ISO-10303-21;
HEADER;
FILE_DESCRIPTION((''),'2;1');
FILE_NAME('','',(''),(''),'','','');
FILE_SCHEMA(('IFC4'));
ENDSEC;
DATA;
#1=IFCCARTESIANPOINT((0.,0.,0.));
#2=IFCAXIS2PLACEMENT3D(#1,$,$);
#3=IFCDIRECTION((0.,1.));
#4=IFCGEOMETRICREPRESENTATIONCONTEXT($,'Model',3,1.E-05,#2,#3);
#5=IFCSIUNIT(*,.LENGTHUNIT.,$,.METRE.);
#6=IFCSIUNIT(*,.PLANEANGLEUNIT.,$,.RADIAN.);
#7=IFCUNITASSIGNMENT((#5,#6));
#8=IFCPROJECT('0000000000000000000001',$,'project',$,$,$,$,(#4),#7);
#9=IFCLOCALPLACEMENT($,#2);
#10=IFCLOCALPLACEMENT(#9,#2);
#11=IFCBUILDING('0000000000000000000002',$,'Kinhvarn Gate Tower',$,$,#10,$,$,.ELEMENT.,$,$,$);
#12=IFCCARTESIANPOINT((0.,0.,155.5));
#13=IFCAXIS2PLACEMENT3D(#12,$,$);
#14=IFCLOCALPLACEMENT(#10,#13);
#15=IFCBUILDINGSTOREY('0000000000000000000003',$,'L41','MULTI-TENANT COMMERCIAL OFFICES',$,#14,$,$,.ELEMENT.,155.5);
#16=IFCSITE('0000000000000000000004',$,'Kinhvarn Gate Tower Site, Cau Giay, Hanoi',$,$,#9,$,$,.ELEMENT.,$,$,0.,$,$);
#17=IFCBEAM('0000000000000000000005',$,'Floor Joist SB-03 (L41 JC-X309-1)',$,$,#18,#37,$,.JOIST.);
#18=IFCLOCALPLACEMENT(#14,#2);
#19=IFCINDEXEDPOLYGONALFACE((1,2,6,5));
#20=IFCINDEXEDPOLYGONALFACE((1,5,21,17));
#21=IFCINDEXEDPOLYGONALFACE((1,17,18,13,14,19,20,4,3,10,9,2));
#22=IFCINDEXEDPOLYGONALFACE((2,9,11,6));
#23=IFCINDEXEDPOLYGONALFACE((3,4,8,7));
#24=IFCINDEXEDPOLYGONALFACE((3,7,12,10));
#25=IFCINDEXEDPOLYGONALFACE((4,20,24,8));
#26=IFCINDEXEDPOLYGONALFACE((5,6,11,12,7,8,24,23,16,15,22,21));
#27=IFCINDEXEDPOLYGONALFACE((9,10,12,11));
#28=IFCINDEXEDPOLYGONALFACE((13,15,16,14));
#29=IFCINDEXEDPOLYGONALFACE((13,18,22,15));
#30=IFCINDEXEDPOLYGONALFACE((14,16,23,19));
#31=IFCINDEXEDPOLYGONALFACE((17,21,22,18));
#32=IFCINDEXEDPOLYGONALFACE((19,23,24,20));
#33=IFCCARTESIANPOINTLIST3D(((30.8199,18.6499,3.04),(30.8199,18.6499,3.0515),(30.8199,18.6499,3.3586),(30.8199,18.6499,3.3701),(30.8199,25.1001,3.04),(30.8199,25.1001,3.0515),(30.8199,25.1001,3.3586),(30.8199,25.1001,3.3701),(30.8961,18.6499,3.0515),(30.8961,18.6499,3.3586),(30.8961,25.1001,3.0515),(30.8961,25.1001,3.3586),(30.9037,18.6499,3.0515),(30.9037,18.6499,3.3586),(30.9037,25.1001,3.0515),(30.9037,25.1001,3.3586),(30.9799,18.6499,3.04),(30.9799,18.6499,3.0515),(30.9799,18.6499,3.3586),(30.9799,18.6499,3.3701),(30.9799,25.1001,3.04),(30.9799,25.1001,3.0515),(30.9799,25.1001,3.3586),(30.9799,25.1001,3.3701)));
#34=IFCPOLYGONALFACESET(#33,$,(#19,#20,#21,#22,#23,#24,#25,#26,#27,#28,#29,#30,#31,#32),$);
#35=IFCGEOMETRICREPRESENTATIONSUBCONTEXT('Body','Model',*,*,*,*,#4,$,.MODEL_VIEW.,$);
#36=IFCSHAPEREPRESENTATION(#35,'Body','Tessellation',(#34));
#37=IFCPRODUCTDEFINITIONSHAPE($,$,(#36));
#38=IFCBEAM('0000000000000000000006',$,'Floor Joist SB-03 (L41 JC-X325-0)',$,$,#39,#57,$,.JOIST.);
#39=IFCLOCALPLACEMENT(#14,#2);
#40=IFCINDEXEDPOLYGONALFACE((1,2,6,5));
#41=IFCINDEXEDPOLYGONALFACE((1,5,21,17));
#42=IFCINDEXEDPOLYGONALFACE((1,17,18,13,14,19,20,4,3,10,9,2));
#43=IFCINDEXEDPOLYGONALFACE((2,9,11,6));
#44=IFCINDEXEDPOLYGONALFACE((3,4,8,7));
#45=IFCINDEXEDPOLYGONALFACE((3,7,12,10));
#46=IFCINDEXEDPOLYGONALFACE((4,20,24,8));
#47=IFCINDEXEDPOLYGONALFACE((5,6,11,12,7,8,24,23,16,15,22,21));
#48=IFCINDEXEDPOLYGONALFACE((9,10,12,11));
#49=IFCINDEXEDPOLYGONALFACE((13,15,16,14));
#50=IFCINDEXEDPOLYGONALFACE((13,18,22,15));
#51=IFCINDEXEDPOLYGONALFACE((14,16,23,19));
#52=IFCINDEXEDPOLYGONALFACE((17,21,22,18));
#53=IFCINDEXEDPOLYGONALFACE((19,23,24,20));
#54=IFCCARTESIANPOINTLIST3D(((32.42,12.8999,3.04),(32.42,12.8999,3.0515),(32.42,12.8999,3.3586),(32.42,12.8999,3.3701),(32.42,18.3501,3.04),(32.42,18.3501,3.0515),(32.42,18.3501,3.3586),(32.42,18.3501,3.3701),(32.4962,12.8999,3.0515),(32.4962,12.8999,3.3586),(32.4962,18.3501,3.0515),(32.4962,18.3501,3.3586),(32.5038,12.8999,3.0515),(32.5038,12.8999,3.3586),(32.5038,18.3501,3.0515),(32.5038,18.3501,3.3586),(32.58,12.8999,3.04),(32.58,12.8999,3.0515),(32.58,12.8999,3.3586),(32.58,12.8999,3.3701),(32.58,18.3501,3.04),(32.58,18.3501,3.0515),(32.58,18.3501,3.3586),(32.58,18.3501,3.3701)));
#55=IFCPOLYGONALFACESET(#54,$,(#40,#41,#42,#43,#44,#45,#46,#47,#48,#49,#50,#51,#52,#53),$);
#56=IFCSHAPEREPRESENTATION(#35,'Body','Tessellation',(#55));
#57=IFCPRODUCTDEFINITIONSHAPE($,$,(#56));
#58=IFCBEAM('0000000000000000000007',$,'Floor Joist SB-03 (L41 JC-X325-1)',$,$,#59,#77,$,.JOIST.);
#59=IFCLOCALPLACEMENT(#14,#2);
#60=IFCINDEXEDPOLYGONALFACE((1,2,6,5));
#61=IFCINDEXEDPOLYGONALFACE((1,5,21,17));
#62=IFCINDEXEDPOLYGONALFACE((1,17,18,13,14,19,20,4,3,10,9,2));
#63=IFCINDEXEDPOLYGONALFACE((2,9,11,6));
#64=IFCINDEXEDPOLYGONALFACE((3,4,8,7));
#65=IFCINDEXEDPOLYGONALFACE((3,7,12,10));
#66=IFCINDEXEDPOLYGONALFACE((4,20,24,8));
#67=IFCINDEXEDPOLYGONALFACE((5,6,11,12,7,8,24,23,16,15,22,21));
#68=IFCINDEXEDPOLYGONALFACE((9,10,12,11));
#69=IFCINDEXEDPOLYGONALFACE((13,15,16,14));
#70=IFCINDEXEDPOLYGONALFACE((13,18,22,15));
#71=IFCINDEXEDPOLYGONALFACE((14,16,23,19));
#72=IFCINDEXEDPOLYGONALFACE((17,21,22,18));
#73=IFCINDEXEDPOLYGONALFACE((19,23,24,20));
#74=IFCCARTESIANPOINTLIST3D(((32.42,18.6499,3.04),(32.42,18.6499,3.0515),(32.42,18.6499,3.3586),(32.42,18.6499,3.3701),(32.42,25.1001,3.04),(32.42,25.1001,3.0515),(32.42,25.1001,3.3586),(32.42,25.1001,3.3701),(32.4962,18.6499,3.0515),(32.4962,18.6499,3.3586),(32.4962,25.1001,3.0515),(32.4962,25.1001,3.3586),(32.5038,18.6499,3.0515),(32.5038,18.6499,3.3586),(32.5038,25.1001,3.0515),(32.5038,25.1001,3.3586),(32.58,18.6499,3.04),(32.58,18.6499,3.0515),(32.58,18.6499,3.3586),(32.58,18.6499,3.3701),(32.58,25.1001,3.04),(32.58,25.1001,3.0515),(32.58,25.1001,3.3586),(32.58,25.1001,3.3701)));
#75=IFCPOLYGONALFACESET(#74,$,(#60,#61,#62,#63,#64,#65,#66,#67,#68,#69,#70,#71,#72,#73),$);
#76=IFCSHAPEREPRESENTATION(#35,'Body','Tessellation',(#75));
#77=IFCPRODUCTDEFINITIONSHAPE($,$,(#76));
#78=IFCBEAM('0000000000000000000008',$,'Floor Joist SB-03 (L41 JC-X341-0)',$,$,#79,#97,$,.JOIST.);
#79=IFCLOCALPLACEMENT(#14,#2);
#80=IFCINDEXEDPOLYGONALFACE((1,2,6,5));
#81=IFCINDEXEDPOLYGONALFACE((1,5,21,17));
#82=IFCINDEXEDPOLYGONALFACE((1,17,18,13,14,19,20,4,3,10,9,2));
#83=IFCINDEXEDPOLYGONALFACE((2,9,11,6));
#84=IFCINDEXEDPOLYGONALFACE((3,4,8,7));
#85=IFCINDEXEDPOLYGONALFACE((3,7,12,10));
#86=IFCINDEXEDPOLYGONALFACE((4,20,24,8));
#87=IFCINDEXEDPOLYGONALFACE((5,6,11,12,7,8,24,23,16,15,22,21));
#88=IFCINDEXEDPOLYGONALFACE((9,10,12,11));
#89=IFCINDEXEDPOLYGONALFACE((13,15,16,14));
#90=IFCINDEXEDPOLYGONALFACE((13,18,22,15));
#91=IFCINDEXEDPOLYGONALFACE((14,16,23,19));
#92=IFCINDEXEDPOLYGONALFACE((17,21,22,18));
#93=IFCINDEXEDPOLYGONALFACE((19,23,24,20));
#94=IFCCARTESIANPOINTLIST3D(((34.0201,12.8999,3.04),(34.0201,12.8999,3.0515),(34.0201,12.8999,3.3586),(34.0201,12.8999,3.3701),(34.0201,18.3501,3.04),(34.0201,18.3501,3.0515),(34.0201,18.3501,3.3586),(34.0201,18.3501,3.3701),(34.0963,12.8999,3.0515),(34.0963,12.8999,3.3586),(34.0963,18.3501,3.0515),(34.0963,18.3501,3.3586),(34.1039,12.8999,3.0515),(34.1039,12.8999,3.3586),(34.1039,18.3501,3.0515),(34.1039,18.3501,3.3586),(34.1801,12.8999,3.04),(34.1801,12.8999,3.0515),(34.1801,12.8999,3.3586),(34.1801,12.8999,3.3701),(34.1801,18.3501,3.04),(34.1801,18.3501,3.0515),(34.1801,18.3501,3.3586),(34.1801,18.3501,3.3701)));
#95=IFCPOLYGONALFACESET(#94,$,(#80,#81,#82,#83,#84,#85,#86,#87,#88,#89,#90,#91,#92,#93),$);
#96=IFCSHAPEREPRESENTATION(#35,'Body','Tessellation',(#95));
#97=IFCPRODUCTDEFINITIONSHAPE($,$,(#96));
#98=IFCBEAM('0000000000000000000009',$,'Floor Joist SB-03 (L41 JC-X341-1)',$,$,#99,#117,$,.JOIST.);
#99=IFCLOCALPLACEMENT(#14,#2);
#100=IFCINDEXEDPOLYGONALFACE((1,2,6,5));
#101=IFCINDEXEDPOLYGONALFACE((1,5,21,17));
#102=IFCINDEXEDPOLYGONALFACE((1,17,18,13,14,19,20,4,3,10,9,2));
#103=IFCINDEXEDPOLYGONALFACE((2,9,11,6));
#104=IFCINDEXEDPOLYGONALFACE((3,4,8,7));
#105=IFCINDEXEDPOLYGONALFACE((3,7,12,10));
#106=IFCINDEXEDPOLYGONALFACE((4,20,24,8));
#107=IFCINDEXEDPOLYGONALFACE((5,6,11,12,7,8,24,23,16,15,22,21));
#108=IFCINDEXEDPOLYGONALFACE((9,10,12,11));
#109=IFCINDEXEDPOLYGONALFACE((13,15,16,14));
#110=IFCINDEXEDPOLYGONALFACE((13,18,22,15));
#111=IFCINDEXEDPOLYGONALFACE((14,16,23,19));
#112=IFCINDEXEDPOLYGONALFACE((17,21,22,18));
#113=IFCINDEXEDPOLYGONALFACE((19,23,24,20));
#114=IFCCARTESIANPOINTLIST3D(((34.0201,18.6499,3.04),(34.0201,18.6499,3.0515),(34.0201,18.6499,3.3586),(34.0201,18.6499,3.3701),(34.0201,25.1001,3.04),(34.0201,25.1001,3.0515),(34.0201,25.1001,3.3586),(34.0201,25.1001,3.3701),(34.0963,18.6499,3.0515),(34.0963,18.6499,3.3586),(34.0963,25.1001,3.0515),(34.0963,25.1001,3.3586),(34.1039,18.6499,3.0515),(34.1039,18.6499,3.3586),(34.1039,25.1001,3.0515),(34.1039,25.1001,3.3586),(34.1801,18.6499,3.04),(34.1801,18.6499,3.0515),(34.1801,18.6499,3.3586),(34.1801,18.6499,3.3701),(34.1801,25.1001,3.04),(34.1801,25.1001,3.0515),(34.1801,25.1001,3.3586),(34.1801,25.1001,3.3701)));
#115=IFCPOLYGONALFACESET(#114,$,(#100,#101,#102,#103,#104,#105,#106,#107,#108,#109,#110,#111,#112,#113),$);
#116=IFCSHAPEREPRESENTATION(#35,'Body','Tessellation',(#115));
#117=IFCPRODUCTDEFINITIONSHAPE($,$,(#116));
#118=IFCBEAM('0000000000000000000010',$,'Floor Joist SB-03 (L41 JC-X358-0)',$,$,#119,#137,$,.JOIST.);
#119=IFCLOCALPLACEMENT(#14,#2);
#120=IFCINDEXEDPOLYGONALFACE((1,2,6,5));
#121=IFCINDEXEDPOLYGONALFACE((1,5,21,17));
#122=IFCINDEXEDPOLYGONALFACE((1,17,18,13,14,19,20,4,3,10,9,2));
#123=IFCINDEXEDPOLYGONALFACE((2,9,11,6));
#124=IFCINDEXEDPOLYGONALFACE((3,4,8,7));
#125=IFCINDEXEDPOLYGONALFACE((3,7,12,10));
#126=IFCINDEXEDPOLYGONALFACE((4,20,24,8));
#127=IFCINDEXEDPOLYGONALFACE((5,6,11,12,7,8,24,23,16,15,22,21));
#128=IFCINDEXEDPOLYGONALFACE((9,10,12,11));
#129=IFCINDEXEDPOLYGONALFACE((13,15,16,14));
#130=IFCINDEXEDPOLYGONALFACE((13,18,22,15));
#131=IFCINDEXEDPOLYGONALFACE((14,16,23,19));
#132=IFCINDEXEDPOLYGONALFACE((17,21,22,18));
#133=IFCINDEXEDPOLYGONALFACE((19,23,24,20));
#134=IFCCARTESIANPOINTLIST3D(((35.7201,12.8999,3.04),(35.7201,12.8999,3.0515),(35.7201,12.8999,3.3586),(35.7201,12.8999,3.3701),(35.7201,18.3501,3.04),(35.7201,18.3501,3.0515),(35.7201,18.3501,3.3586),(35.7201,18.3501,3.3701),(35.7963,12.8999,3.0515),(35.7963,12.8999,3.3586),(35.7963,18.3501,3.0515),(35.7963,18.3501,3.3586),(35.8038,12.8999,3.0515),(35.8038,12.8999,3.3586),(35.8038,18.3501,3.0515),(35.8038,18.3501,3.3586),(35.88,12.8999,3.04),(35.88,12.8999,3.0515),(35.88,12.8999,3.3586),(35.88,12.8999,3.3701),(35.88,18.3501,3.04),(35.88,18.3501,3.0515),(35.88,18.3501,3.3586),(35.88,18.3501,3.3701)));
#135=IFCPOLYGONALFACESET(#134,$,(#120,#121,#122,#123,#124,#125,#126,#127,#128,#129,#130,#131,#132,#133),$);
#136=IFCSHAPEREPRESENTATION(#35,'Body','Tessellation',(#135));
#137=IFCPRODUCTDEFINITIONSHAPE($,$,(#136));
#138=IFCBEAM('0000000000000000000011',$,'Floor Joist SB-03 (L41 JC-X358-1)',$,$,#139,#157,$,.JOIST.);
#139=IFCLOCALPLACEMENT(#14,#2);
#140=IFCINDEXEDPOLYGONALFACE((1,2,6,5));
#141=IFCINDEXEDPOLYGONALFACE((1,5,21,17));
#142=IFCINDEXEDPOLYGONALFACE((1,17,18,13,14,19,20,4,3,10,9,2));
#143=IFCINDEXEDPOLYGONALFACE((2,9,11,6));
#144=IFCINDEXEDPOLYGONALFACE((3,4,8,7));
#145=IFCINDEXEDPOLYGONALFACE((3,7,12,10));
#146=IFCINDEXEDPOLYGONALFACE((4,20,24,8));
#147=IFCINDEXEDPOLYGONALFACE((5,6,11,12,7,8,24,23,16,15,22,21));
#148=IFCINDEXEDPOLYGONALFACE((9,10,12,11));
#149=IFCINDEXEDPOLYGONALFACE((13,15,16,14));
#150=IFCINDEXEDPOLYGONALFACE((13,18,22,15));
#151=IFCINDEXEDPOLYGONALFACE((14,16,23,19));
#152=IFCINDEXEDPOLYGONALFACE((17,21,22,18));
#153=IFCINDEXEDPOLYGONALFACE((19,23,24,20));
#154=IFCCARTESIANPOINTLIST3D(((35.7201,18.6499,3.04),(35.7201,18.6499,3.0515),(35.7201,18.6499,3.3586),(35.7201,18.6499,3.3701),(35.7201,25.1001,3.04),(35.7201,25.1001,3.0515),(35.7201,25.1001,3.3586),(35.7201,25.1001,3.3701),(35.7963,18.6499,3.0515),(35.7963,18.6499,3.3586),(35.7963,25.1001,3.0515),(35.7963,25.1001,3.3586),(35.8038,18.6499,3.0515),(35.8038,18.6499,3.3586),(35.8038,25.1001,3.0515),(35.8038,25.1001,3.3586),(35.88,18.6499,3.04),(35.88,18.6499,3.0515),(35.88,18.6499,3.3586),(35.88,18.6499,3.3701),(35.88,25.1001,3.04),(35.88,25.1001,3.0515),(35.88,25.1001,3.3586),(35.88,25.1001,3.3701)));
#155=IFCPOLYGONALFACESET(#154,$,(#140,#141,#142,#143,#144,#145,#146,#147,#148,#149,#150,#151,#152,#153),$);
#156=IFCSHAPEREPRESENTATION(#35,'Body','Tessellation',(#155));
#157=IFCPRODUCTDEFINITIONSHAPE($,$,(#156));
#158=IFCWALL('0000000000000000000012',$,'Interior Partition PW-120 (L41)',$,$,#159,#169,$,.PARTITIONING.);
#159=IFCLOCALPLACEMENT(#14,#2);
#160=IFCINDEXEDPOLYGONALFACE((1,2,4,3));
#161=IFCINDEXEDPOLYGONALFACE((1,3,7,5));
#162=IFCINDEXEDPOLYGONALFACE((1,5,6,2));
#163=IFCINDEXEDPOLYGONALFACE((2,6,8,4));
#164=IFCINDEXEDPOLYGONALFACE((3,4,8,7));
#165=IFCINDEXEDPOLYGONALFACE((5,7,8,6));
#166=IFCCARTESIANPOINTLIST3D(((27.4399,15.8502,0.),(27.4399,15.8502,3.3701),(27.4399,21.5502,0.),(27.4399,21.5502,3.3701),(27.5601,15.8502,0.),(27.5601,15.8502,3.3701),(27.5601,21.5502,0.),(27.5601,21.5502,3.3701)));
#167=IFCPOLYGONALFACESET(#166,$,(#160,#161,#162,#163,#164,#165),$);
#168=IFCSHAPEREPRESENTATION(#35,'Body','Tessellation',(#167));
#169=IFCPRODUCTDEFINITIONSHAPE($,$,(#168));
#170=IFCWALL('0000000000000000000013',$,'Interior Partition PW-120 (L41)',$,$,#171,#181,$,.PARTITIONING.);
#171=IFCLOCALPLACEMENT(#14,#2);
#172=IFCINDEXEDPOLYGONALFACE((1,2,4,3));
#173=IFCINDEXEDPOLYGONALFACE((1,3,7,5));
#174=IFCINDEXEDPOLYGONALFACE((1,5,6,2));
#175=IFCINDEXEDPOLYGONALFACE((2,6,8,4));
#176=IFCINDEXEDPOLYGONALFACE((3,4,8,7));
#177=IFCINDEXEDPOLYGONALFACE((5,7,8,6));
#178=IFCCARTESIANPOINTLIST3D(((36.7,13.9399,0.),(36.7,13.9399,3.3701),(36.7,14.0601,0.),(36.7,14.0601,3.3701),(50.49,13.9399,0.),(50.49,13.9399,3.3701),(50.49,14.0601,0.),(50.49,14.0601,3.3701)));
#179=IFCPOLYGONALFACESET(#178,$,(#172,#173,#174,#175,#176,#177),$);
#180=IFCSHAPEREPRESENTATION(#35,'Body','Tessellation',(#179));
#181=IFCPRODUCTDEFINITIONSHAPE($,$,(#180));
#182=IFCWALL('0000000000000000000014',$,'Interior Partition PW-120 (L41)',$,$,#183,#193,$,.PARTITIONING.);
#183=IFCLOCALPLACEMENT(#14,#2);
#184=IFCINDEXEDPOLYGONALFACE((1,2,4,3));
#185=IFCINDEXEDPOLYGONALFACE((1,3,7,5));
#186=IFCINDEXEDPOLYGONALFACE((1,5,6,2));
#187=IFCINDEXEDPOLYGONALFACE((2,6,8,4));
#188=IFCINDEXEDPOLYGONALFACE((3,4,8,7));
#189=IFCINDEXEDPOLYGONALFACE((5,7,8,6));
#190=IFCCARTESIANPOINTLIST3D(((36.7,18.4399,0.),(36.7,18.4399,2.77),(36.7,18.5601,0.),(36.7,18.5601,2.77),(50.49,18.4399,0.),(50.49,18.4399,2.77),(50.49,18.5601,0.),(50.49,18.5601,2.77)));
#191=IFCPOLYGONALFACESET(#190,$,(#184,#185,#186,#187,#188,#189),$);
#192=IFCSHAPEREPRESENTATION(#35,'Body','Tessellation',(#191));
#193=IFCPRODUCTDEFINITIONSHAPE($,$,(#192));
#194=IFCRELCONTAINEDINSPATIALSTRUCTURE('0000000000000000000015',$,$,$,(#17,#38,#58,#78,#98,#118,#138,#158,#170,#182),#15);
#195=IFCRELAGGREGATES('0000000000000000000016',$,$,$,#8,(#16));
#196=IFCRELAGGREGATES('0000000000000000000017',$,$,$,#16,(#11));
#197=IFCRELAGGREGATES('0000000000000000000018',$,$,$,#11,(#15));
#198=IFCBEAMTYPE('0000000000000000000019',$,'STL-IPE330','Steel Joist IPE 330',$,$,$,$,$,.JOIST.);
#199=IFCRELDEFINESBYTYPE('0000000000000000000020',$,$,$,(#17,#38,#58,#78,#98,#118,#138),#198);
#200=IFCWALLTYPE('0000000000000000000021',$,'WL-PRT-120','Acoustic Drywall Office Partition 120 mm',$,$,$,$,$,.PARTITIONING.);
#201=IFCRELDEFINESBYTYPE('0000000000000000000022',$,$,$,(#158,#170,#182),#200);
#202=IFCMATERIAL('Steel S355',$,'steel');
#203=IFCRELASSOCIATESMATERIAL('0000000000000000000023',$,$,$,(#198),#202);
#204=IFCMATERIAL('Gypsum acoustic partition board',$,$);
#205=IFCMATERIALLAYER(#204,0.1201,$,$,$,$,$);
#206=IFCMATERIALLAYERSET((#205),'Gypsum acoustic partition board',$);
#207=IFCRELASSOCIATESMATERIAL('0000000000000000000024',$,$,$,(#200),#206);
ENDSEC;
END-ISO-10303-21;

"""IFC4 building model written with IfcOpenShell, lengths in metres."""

from ifc_helpers import new_model, si_unit, direction, frame, frame_2d, origin, origin_2d, place, context, subcontext, project, spatial, rectangle, i_section, extrude, material, layer, layer_set, material_profile, profile_set, type_object, element, save


model = new_model("IFC4")

# Units and contexts
model_context = context("Model", 3, precision=1e-05, world=origin(), true_north=direction((0.0, 1.0)))
body_context = subcontext(model_context, "Body", "Model", "MODEL_VIEW")
ifc_project = project(units=[si_unit("LENGTHUNIT", "METRE"), si_unit("PLANEANGLEUNIT", "RADIAN")], contexts=[model_context])

# Site, building, storey
site_placement = place(None, origin())
site = spatial("IfcSite", under=ifc_project, at=site_placement, Name="Kinhvarn Gate Tower Site, Cau Giay, Hanoi", CompositionType="ELEMENT", RefElevation=0.0)
building_placement = place(site_placement, origin())
building = spatial("IfcBuilding", under=site, at=building_placement, Name="Kinhvarn Gate Tower", CompositionType="ELEMENT")
storey_placement = place(building_placement, frame((0.0, 0.0, 155.5)))
storey = spatial("IfcBuildingStorey", under=building, at=storey_placement, Name="L41", Description="MULTI-TENANT COMMERCIAL OFFICES", CompositionType="ELEMENT", Elevation=155.5)

# Beams
ifc_material_1 = material(Name="Steel S355", Category="steel")
ifc_material_profile_1 = material_profile(ifc_material_1, i_section(OverallWidth=0.1599, OverallDepth=0.3301, WebThickness=0.0076, FlangeThickness=0.0115, at=origin_2d()), Name="IPE 330")
ifc_profile_set_1 = profile_set([ifc_material_profile_1], Name="Steel S355")
beam_type_1 = type_object("IfcBeamType", Name="STL-IPE330", Description="Steel Joist IPE 330", PredefinedType="JOIST", material=ifc_profile_set_1)
beam_1_placement = place(storey_placement, frame((30.8999, 18.6499, 3.2051), z_axis=(0.0, 1.0, 0.0), x_axis=(-1.0, 0.0, 0.0)))
element("IfcBeam", 1, at=beam_1_placement, inside=storey, type_object=beam_type_1, Name="Floor Joist SB-03 (L41 JC-X309-1)", PredefinedType="JOIST", context=body_context, shape_type="SweptSolid", body=[
    extrude(i_section(OverallWidth=0.1599, OverallDepth=0.3301, WebThickness=0.0076, FlangeThickness=0.0115, at=origin_2d()), origin(), (0.0, 0.0, 1.0), 6.4502),
])
beam_2_placement = place(storey_placement, frame((32.5, 12.8999, 3.2051), z_axis=(0.0, 1.0, 0.0), x_axis=(-1.0, 0.0, 0.0)))
element("IfcBeam", 2, at=beam_2_placement, inside=storey, type_object=beam_type_1, Name="Floor Joist SB-03 (L41 JC-X325-0)", PredefinedType="JOIST", context=body_context, shape_type="SweptSolid", body=[
    extrude(i_section(OverallWidth=0.1599, OverallDepth=0.3301, WebThickness=0.0076, FlangeThickness=0.0115, at=origin_2d()), origin(), (0.0, 0.0, 1.0), 5.4502),
])
beam_3_placement = place(storey_placement, frame((32.5, 18.6499, 3.2051), z_axis=(0.0, 1.0, 0.0), x_axis=(-1.0, 0.0, 0.0)))
element("IfcBeam", 3, at=beam_3_placement, inside=storey, type_object=beam_type_1, Name="Floor Joist SB-03 (L41 JC-X325-1)", PredefinedType="JOIST", context=body_context, shape_type="SweptSolid", body=[
    extrude(i_section(OverallWidth=0.1599, OverallDepth=0.3301, WebThickness=0.0076, FlangeThickness=0.0115, at=origin_2d()), origin(), (0.0, 0.0, 1.0), 6.4502),
])
beam_4_placement = place(storey_placement, frame((34.1001, 12.8999, 3.2051), z_axis=(0.0, 1.0, 0.0), x_axis=(-1.0, 0.0, 0.0)))
element("IfcBeam", 4, at=beam_4_placement, inside=storey, type_object=beam_type_1, Name="Floor Joist SB-03 (L41 JC-X341-0)", PredefinedType="JOIST", context=body_context, shape_type="SweptSolid", body=[
    extrude(i_section(OverallWidth=0.1599, OverallDepth=0.3301, WebThickness=0.0076, FlangeThickness=0.0115, at=origin_2d()), origin(), (0.0, 0.0, 1.0), 5.4502),
])
beam_5_placement = place(storey_placement, frame((34.1001, 18.6499, 3.2051), z_axis=(0.0, 1.0, 0.0), x_axis=(-1.0, 0.0, 0.0)))
element("IfcBeam", 5, at=beam_5_placement, inside=storey, type_object=beam_type_1, Name="Floor Joist SB-03 (L41 JC-X341-1)", PredefinedType="JOIST", context=body_context, shape_type="SweptSolid", body=[
    extrude(i_section(OverallWidth=0.1599, OverallDepth=0.3301, WebThickness=0.0076, FlangeThickness=0.0115, at=origin_2d()), origin(), (0.0, 0.0, 1.0), 6.4502),
])
beam_6_placement = place(storey_placement, frame((35.8, 12.8999, 3.2051), z_axis=(0.0, 1.0, 0.0), x_axis=(-1.0, 0.0, 0.0)))
element("IfcBeam", 6, at=beam_6_placement, inside=storey, type_object=beam_type_1, Name="Floor Joist SB-03 (L41 JC-X358-0)", PredefinedType="JOIST", context=body_context, shape_type="SweptSolid", body=[
    extrude(i_section(OverallWidth=0.1599, OverallDepth=0.3301, WebThickness=0.0076, FlangeThickness=0.0115, at=origin_2d()), origin(), (0.0, 0.0, 1.0), 5.4502),
])
beam_7_placement = place(storey_placement, frame((35.8, 18.6499, 3.2051), z_axis=(0.0, 1.0, 0.0), x_axis=(-1.0, 0.0, 0.0)))
element("IfcBeam", 7, at=beam_7_placement, inside=storey, type_object=beam_type_1, Name="Floor Joist SB-03 (L41 JC-X358-1)", PredefinedType="JOIST", context=body_context, shape_type="SweptSolid", body=[
    extrude(i_section(OverallWidth=0.1599, OverallDepth=0.3301, WebThickness=0.0076, FlangeThickness=0.0115, at=origin_2d()), origin(), (0.0, 0.0, 1.0), 6.4502),
])

# Walls
ifc_material_2 = material(Name="Gypsum acoustic partition board")
ifc_layer_1 = layer(ifc_material_2, 0.1201)
ifc_layer_set_1 = layer_set([ifc_layer_1], Name="Gypsum acoustic partition board")
wall_type_1 = type_object("IfcWallType", Name="WL-PRT-120", Description="Acoustic Drywall Office Partition 120 mm", PredefinedType="PARTITIONING", material=ifc_layer_set_1)
wall_1_placement = place(storey_placement, frame((27.5, 15.8501, 0.0), z_axis=(0.0, 0.0, 1.0), x_axis=(0.0, 1.0, 0.0)))
element("IfcWall", 8, at=wall_1_placement, inside=storey, type_object=wall_type_1, Name="Interior Partition PW-120 (L41)", PredefinedType="PARTITIONING", context=body_context, shape_type="SweptSolid", body=[
    extrude(rectangle(XDim=5.7, YDim=0.1201, at=frame_2d((2.8501, 0.0))), origin(), (0.0, 0.0, 1.0), 3.3701),
])
wall_2_placement = place(storey_placement, frame((36.7, 14.0, 0.0), z_axis=(0.0, 0.0, 1.0), x_axis=(1.0, 0.0, 0.0)))
element("IfcWall", 9, at=wall_2_placement, inside=storey, type_object=wall_type_1, Name="Interior Partition PW-120 (L41)", PredefinedType="PARTITIONING", context=body_context, shape_type="SweptSolid", body=[
    extrude(rectangle(XDim=13.79, YDim=0.1201, at=frame_2d((6.895, 0.0))), origin(), (0.0, 0.0, 1.0), 3.3701),
])
wall_3_placement = place(storey_placement, frame((36.7, 18.5, 0.0), z_axis=(0.0, 0.0, 1.0), x_axis=(1.0, 0.0, 0.0)))
element("IfcWall", 10, at=wall_3_placement, inside=storey, type_object=wall_type_1, Name="Interior Partition PW-120 (L41)", PredefinedType="PARTITIONING", context=body_context, shape_type="SweptSolid", body=[
    extrude(rectangle(XDim=13.79, YDim=0.1201, at=frame_2d((6.895, 0.0))), origin(), (0.0, 0.0, 1.0), 2.77),
])

save(model, "model.ifc")
